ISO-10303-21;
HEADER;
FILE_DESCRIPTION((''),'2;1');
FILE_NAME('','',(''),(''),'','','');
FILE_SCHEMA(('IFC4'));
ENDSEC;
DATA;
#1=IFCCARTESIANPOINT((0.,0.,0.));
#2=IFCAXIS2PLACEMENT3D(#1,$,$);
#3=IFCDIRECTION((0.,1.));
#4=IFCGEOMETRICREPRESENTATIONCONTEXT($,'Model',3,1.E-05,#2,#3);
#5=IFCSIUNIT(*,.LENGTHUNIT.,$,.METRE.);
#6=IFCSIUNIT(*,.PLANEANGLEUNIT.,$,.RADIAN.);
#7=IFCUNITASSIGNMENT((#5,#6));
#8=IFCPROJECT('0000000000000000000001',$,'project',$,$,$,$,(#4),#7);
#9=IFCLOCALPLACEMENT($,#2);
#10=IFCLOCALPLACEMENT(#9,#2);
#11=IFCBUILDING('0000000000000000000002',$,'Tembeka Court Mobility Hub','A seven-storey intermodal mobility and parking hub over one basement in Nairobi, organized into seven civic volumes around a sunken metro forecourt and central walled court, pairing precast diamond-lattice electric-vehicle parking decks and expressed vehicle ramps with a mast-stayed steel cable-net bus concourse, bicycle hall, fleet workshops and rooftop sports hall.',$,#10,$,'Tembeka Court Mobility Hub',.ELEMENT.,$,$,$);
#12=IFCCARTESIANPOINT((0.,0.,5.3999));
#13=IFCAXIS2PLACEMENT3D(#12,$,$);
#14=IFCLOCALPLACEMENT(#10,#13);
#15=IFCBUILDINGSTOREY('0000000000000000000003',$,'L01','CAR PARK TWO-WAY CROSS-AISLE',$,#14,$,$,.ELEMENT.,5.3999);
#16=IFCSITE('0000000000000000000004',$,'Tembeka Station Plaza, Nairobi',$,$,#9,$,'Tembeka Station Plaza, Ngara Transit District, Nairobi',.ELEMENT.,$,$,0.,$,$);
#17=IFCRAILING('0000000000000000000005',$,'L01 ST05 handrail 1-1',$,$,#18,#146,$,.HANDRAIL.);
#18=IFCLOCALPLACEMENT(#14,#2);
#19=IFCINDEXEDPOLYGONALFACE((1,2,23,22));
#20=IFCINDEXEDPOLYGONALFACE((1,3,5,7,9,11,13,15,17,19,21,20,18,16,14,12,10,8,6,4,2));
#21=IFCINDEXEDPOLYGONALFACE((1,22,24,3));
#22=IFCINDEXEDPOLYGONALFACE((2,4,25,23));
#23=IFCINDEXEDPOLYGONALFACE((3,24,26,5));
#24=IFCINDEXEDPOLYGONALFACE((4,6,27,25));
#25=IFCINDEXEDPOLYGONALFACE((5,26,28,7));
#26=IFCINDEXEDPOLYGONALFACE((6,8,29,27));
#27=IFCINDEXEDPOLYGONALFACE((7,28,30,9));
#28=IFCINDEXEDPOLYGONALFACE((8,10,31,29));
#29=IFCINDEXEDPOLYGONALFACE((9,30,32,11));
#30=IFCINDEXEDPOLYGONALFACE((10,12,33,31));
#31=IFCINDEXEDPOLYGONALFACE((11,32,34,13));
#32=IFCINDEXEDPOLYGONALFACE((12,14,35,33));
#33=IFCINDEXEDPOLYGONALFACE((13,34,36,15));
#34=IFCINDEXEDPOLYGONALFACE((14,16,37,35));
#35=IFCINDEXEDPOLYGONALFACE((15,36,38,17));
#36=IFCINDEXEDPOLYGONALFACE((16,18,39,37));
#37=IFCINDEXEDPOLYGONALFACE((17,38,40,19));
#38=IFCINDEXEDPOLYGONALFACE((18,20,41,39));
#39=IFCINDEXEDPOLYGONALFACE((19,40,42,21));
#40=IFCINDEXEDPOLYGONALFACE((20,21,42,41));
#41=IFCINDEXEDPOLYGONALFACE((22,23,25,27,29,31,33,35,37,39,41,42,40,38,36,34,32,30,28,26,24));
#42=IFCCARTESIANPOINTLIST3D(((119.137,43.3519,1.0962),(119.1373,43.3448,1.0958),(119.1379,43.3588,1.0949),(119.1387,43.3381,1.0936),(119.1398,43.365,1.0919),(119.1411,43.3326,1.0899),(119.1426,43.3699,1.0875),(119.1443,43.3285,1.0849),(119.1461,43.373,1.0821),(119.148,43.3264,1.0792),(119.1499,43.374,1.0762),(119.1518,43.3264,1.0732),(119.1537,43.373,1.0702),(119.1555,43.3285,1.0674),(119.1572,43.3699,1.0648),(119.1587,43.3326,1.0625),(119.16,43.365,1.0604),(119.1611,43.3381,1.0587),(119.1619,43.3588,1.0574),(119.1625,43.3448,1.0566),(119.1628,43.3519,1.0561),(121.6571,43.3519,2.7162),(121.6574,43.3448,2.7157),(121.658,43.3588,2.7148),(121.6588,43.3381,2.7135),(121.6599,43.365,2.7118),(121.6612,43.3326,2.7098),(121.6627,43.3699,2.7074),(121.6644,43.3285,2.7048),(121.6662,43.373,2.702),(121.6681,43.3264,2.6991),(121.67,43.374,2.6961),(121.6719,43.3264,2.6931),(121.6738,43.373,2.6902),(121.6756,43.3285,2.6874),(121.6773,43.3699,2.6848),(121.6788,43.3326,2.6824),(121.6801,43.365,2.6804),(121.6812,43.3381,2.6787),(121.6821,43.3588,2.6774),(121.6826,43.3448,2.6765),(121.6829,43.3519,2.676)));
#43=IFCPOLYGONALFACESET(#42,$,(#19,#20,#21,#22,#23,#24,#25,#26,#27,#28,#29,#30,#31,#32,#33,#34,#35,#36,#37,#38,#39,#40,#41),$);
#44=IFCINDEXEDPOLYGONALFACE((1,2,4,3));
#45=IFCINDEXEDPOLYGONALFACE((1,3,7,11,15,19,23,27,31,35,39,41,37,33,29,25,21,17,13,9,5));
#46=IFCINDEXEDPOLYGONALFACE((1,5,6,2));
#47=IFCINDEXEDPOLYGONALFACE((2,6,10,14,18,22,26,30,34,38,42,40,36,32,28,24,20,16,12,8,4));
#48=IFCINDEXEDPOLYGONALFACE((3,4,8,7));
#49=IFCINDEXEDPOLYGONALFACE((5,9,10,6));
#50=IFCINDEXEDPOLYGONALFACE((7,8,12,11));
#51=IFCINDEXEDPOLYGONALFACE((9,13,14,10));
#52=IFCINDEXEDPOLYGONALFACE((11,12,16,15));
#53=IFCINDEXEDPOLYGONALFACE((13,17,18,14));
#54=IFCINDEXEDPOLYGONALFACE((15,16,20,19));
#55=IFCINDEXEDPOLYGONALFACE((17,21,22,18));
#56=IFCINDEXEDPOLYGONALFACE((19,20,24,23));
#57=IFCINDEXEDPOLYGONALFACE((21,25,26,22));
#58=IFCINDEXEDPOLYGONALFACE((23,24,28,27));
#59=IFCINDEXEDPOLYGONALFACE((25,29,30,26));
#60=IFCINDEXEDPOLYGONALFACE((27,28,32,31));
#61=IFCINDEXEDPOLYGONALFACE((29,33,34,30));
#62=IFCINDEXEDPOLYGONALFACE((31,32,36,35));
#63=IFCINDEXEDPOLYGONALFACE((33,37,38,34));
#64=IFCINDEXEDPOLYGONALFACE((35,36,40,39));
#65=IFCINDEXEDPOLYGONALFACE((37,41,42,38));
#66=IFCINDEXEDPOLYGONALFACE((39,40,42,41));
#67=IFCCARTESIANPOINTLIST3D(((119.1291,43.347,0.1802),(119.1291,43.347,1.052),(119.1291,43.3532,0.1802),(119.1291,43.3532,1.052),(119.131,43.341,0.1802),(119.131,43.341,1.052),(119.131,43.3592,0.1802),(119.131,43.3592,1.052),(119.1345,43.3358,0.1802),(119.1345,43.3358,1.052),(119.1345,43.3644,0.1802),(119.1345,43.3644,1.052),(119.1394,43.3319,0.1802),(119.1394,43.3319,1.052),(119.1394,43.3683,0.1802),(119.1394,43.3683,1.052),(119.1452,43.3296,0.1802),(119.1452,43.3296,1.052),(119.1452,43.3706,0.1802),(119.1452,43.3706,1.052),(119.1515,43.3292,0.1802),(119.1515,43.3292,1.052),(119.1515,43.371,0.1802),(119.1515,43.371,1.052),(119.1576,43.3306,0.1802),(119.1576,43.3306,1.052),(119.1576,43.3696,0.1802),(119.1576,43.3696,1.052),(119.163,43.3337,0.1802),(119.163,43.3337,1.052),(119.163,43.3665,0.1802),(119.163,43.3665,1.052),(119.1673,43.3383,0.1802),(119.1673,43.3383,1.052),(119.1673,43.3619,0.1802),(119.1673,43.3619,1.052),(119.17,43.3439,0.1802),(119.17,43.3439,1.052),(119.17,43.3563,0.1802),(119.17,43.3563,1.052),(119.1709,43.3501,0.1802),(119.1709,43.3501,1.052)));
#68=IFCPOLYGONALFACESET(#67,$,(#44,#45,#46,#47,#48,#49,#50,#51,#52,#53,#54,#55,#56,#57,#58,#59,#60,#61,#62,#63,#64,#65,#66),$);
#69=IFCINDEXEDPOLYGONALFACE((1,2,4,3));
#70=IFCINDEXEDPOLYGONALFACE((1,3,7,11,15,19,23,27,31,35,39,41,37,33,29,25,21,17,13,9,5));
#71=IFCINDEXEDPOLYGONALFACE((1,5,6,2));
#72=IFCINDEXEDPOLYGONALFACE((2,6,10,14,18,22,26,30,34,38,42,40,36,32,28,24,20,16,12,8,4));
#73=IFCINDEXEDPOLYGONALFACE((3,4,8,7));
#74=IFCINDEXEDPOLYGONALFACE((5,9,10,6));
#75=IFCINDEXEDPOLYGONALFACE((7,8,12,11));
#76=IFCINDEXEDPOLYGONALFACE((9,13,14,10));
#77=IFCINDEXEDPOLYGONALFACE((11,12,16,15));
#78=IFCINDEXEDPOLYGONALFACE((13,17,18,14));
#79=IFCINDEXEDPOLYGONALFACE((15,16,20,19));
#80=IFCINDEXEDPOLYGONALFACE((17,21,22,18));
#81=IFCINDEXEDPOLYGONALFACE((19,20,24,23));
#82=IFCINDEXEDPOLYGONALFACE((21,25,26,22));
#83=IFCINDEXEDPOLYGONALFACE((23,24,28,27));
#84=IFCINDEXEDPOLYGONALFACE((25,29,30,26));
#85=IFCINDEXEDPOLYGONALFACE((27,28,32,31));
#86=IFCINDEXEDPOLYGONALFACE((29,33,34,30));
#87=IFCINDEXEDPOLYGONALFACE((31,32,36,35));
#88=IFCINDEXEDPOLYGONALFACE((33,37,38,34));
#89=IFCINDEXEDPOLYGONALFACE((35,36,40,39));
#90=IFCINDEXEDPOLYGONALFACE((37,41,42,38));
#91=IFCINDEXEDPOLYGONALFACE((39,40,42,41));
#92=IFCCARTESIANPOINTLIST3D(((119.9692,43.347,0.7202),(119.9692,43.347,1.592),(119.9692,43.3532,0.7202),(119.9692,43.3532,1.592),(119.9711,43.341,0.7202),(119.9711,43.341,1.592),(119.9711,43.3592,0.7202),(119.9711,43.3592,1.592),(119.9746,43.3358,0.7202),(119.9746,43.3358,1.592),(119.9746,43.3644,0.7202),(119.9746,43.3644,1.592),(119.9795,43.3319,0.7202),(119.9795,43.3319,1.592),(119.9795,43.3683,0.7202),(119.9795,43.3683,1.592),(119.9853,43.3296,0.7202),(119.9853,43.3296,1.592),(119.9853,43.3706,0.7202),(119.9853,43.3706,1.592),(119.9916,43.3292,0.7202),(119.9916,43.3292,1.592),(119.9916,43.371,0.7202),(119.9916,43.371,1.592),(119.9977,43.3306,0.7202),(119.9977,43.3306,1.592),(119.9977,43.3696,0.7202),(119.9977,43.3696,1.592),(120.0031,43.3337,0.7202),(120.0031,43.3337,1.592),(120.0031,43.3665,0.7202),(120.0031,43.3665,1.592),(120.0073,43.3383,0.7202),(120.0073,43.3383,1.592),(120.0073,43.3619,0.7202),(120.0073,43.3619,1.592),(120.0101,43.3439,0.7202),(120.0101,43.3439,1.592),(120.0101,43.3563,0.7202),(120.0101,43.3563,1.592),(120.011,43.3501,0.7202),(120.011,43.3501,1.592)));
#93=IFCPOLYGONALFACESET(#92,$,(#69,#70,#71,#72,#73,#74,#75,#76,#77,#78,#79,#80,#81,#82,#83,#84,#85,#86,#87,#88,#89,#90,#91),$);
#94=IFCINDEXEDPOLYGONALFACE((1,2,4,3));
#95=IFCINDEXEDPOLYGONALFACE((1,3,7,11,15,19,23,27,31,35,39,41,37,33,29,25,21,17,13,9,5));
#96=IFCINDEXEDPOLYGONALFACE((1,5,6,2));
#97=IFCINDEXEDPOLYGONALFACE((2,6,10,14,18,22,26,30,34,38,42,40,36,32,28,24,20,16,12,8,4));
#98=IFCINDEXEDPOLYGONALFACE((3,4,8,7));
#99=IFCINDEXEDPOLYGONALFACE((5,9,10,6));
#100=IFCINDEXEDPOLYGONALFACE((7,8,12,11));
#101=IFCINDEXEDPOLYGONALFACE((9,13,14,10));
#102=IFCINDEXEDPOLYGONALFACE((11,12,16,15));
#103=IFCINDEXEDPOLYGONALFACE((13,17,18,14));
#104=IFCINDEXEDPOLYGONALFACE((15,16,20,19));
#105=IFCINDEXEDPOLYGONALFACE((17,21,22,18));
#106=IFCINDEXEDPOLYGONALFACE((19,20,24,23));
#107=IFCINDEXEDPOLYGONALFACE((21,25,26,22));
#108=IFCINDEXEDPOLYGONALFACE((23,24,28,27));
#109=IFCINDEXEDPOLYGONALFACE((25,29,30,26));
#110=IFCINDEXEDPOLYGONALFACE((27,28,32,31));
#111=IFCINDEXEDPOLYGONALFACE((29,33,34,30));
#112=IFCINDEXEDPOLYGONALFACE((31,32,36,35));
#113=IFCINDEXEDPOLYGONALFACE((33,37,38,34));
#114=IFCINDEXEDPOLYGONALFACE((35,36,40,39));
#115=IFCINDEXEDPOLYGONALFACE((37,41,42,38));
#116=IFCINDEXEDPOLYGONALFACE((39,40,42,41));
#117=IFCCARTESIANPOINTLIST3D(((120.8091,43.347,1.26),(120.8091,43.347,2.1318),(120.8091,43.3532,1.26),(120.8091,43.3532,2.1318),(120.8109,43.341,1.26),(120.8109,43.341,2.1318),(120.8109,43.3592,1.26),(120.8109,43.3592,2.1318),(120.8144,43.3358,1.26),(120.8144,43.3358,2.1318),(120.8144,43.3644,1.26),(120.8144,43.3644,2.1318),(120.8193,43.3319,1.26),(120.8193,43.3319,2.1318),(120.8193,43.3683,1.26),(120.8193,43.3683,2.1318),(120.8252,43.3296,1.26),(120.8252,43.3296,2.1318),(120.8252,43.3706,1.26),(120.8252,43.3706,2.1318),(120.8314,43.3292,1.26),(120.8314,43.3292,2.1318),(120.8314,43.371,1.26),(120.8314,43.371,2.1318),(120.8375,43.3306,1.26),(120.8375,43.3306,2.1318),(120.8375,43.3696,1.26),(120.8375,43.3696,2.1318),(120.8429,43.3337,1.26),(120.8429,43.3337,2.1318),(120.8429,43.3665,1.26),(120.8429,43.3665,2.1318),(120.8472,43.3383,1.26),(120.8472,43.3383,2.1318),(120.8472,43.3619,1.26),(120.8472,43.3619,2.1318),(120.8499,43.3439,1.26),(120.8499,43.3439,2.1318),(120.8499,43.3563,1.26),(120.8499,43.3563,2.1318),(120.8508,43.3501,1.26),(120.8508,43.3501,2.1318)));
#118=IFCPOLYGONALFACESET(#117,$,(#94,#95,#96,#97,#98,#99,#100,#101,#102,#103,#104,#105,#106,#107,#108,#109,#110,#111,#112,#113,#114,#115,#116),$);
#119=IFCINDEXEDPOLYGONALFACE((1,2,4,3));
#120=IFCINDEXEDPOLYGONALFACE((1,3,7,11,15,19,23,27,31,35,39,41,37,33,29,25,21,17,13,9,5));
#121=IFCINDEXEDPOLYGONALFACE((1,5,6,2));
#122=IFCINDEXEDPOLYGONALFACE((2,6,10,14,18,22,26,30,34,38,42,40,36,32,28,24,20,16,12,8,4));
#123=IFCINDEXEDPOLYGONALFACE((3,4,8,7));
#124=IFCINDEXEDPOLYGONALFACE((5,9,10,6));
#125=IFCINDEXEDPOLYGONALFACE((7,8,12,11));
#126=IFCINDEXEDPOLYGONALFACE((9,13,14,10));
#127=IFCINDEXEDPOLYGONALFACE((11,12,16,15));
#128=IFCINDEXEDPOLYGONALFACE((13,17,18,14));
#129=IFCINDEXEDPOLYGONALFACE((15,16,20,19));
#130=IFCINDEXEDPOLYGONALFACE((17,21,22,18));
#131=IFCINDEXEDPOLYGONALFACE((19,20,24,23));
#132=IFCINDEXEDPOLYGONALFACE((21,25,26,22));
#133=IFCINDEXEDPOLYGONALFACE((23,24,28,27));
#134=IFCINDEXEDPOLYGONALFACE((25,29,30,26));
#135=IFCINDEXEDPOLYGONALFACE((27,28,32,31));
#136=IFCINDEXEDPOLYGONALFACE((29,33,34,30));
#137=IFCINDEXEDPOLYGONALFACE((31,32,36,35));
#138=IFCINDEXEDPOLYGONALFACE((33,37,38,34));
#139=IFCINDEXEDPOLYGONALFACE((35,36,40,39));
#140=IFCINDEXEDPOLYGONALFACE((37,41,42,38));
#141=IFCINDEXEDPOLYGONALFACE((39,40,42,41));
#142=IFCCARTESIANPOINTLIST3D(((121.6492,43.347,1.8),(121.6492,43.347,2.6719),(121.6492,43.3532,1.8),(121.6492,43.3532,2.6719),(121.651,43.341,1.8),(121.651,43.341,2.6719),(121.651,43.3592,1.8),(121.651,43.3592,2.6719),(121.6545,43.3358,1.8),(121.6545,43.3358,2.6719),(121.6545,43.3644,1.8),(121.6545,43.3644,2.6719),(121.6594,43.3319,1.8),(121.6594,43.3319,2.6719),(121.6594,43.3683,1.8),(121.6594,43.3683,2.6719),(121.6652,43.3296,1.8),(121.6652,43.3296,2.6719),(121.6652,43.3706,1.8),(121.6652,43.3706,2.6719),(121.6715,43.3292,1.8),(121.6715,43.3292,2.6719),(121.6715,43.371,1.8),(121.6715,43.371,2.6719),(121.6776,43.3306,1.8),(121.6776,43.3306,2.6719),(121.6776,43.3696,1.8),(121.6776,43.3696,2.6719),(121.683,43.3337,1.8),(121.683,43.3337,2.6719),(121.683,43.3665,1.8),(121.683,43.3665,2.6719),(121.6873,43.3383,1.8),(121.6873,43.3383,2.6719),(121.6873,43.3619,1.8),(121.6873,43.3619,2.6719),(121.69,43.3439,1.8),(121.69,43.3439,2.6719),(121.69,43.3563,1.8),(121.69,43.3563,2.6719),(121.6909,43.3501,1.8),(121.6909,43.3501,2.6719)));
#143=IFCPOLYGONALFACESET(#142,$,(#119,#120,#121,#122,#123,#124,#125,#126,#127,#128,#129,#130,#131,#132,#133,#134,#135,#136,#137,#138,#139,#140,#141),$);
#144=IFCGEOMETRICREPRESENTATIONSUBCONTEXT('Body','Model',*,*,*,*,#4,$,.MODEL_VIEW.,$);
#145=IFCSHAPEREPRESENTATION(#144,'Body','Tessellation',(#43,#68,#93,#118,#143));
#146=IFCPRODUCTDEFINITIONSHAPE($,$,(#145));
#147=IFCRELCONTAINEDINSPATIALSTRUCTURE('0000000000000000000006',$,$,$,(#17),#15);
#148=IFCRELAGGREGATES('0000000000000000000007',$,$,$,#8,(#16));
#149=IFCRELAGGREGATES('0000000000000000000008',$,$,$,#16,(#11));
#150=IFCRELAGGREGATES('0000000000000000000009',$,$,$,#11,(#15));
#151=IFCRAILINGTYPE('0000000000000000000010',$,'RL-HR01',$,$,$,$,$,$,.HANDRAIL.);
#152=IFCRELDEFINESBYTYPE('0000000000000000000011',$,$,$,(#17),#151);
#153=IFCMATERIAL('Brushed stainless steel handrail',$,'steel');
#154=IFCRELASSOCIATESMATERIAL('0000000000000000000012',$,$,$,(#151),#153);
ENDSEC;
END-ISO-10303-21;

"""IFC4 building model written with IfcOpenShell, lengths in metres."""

from ifc_helpers import new_model, si_unit, direction, frame, origin, origin_2d, place, context, subcontext, project, spatial, circle, extrude, material, type_object, element, save


model = new_model("IFC4")

# Units and contexts
model_context = context("Model", 3, precision=1e-05, world=origin(), true_north=direction((0.0, 1.0)))
body_context = subcontext(model_context, "Body", "Model", "MODEL_VIEW")
ifc_project = project(units=[si_unit("LENGTHUNIT", "METRE"), si_unit("PLANEANGLEUNIT", "RADIAN")], contexts=[model_context])

# Site, building, storey
site_placement = place(None, origin())
site = spatial("IfcSite", under=ifc_project, at=site_placement, Name="Tembeka Station Plaza, Nairobi", LongName="Tembeka Station Plaza, Ngara Transit District, Nairobi", CompositionType="ELEMENT", RefElevation=0.0)
building_placement = place(site_placement, origin())
building = spatial("IfcBuilding", under=site, at=building_placement, Name="Tembeka Court Mobility Hub", Description="A seven-storey intermodal mobility and parking hub over one basement in Nairobi, organized into seven civic volumes around a sunken metro forecourt and central walled court, pairing precast diamond-lattice electric-vehicle parking decks and expressed vehicle ramps with a mast-stayed steel cable-net bus concourse, bicycle hall, fleet workshops and rooftop sports hall.", LongName="Tembeka Court Mobility Hub", CompositionType="ELEMENT")
storey_placement = place(building_placement, frame((0.0, 0.0, 5.3999)))
storey = spatial("IfcBuildingStorey", under=building, at=storey_placement, Name="L01", Description="CAR PARK TWO-WAY CROSS-AISLE", CompositionType="ELEMENT", Elevation=5.3999)

# Railing
ifc_material_1 = material(Name="Brushed stainless steel handrail", Category="steel")
railing_type = type_object("IfcRailingType", Name="RL-HR01", PredefinedType="HANDRAIL", material=ifc_material_1)
railing_placement = place(storey_placement, frame((119.1499, 43.3501, 0.1802)))
element("IfcRailing", 1, at=railing_placement, inside=storey, type_object=railing_type, Name="L01 ST05 handrail 1-1", PredefinedType="HANDRAIL", context=body_context, shape_type="SweptSolid", body=[
    extrude(circle(Radius=0.0239, at=origin_2d()), frame((0.0, 0.0, 0.896), z_axis=(0.8412, 0.0, 0.540725), x_axis=(0.0, 1.0, 0.0)), (0.0, 0.0, 1.0), 2.9958),
    extrude(circle(Radius=0.021, at=origin_2d()), origin(), (0.0, 0.0, 1.0), 0.8718),
    extrude(circle(Radius=0.021, at=origin_2d()), frame((0.8401, 0.0, 0.54)), (0.0, 0.0, 1.0), 0.8718),
    extrude(circle(Radius=0.021, at=origin_2d()), frame((1.6799, 0.0, 1.0798)), (0.0, 0.0, 1.0), 0.8718),
    extrude(circle(Radius=0.021, at=origin_2d()), frame((2.52, 0.0, 1.6199)), (0.0, 0.0, 1.0), 0.8718),
])

save(model, "model.ifc")
